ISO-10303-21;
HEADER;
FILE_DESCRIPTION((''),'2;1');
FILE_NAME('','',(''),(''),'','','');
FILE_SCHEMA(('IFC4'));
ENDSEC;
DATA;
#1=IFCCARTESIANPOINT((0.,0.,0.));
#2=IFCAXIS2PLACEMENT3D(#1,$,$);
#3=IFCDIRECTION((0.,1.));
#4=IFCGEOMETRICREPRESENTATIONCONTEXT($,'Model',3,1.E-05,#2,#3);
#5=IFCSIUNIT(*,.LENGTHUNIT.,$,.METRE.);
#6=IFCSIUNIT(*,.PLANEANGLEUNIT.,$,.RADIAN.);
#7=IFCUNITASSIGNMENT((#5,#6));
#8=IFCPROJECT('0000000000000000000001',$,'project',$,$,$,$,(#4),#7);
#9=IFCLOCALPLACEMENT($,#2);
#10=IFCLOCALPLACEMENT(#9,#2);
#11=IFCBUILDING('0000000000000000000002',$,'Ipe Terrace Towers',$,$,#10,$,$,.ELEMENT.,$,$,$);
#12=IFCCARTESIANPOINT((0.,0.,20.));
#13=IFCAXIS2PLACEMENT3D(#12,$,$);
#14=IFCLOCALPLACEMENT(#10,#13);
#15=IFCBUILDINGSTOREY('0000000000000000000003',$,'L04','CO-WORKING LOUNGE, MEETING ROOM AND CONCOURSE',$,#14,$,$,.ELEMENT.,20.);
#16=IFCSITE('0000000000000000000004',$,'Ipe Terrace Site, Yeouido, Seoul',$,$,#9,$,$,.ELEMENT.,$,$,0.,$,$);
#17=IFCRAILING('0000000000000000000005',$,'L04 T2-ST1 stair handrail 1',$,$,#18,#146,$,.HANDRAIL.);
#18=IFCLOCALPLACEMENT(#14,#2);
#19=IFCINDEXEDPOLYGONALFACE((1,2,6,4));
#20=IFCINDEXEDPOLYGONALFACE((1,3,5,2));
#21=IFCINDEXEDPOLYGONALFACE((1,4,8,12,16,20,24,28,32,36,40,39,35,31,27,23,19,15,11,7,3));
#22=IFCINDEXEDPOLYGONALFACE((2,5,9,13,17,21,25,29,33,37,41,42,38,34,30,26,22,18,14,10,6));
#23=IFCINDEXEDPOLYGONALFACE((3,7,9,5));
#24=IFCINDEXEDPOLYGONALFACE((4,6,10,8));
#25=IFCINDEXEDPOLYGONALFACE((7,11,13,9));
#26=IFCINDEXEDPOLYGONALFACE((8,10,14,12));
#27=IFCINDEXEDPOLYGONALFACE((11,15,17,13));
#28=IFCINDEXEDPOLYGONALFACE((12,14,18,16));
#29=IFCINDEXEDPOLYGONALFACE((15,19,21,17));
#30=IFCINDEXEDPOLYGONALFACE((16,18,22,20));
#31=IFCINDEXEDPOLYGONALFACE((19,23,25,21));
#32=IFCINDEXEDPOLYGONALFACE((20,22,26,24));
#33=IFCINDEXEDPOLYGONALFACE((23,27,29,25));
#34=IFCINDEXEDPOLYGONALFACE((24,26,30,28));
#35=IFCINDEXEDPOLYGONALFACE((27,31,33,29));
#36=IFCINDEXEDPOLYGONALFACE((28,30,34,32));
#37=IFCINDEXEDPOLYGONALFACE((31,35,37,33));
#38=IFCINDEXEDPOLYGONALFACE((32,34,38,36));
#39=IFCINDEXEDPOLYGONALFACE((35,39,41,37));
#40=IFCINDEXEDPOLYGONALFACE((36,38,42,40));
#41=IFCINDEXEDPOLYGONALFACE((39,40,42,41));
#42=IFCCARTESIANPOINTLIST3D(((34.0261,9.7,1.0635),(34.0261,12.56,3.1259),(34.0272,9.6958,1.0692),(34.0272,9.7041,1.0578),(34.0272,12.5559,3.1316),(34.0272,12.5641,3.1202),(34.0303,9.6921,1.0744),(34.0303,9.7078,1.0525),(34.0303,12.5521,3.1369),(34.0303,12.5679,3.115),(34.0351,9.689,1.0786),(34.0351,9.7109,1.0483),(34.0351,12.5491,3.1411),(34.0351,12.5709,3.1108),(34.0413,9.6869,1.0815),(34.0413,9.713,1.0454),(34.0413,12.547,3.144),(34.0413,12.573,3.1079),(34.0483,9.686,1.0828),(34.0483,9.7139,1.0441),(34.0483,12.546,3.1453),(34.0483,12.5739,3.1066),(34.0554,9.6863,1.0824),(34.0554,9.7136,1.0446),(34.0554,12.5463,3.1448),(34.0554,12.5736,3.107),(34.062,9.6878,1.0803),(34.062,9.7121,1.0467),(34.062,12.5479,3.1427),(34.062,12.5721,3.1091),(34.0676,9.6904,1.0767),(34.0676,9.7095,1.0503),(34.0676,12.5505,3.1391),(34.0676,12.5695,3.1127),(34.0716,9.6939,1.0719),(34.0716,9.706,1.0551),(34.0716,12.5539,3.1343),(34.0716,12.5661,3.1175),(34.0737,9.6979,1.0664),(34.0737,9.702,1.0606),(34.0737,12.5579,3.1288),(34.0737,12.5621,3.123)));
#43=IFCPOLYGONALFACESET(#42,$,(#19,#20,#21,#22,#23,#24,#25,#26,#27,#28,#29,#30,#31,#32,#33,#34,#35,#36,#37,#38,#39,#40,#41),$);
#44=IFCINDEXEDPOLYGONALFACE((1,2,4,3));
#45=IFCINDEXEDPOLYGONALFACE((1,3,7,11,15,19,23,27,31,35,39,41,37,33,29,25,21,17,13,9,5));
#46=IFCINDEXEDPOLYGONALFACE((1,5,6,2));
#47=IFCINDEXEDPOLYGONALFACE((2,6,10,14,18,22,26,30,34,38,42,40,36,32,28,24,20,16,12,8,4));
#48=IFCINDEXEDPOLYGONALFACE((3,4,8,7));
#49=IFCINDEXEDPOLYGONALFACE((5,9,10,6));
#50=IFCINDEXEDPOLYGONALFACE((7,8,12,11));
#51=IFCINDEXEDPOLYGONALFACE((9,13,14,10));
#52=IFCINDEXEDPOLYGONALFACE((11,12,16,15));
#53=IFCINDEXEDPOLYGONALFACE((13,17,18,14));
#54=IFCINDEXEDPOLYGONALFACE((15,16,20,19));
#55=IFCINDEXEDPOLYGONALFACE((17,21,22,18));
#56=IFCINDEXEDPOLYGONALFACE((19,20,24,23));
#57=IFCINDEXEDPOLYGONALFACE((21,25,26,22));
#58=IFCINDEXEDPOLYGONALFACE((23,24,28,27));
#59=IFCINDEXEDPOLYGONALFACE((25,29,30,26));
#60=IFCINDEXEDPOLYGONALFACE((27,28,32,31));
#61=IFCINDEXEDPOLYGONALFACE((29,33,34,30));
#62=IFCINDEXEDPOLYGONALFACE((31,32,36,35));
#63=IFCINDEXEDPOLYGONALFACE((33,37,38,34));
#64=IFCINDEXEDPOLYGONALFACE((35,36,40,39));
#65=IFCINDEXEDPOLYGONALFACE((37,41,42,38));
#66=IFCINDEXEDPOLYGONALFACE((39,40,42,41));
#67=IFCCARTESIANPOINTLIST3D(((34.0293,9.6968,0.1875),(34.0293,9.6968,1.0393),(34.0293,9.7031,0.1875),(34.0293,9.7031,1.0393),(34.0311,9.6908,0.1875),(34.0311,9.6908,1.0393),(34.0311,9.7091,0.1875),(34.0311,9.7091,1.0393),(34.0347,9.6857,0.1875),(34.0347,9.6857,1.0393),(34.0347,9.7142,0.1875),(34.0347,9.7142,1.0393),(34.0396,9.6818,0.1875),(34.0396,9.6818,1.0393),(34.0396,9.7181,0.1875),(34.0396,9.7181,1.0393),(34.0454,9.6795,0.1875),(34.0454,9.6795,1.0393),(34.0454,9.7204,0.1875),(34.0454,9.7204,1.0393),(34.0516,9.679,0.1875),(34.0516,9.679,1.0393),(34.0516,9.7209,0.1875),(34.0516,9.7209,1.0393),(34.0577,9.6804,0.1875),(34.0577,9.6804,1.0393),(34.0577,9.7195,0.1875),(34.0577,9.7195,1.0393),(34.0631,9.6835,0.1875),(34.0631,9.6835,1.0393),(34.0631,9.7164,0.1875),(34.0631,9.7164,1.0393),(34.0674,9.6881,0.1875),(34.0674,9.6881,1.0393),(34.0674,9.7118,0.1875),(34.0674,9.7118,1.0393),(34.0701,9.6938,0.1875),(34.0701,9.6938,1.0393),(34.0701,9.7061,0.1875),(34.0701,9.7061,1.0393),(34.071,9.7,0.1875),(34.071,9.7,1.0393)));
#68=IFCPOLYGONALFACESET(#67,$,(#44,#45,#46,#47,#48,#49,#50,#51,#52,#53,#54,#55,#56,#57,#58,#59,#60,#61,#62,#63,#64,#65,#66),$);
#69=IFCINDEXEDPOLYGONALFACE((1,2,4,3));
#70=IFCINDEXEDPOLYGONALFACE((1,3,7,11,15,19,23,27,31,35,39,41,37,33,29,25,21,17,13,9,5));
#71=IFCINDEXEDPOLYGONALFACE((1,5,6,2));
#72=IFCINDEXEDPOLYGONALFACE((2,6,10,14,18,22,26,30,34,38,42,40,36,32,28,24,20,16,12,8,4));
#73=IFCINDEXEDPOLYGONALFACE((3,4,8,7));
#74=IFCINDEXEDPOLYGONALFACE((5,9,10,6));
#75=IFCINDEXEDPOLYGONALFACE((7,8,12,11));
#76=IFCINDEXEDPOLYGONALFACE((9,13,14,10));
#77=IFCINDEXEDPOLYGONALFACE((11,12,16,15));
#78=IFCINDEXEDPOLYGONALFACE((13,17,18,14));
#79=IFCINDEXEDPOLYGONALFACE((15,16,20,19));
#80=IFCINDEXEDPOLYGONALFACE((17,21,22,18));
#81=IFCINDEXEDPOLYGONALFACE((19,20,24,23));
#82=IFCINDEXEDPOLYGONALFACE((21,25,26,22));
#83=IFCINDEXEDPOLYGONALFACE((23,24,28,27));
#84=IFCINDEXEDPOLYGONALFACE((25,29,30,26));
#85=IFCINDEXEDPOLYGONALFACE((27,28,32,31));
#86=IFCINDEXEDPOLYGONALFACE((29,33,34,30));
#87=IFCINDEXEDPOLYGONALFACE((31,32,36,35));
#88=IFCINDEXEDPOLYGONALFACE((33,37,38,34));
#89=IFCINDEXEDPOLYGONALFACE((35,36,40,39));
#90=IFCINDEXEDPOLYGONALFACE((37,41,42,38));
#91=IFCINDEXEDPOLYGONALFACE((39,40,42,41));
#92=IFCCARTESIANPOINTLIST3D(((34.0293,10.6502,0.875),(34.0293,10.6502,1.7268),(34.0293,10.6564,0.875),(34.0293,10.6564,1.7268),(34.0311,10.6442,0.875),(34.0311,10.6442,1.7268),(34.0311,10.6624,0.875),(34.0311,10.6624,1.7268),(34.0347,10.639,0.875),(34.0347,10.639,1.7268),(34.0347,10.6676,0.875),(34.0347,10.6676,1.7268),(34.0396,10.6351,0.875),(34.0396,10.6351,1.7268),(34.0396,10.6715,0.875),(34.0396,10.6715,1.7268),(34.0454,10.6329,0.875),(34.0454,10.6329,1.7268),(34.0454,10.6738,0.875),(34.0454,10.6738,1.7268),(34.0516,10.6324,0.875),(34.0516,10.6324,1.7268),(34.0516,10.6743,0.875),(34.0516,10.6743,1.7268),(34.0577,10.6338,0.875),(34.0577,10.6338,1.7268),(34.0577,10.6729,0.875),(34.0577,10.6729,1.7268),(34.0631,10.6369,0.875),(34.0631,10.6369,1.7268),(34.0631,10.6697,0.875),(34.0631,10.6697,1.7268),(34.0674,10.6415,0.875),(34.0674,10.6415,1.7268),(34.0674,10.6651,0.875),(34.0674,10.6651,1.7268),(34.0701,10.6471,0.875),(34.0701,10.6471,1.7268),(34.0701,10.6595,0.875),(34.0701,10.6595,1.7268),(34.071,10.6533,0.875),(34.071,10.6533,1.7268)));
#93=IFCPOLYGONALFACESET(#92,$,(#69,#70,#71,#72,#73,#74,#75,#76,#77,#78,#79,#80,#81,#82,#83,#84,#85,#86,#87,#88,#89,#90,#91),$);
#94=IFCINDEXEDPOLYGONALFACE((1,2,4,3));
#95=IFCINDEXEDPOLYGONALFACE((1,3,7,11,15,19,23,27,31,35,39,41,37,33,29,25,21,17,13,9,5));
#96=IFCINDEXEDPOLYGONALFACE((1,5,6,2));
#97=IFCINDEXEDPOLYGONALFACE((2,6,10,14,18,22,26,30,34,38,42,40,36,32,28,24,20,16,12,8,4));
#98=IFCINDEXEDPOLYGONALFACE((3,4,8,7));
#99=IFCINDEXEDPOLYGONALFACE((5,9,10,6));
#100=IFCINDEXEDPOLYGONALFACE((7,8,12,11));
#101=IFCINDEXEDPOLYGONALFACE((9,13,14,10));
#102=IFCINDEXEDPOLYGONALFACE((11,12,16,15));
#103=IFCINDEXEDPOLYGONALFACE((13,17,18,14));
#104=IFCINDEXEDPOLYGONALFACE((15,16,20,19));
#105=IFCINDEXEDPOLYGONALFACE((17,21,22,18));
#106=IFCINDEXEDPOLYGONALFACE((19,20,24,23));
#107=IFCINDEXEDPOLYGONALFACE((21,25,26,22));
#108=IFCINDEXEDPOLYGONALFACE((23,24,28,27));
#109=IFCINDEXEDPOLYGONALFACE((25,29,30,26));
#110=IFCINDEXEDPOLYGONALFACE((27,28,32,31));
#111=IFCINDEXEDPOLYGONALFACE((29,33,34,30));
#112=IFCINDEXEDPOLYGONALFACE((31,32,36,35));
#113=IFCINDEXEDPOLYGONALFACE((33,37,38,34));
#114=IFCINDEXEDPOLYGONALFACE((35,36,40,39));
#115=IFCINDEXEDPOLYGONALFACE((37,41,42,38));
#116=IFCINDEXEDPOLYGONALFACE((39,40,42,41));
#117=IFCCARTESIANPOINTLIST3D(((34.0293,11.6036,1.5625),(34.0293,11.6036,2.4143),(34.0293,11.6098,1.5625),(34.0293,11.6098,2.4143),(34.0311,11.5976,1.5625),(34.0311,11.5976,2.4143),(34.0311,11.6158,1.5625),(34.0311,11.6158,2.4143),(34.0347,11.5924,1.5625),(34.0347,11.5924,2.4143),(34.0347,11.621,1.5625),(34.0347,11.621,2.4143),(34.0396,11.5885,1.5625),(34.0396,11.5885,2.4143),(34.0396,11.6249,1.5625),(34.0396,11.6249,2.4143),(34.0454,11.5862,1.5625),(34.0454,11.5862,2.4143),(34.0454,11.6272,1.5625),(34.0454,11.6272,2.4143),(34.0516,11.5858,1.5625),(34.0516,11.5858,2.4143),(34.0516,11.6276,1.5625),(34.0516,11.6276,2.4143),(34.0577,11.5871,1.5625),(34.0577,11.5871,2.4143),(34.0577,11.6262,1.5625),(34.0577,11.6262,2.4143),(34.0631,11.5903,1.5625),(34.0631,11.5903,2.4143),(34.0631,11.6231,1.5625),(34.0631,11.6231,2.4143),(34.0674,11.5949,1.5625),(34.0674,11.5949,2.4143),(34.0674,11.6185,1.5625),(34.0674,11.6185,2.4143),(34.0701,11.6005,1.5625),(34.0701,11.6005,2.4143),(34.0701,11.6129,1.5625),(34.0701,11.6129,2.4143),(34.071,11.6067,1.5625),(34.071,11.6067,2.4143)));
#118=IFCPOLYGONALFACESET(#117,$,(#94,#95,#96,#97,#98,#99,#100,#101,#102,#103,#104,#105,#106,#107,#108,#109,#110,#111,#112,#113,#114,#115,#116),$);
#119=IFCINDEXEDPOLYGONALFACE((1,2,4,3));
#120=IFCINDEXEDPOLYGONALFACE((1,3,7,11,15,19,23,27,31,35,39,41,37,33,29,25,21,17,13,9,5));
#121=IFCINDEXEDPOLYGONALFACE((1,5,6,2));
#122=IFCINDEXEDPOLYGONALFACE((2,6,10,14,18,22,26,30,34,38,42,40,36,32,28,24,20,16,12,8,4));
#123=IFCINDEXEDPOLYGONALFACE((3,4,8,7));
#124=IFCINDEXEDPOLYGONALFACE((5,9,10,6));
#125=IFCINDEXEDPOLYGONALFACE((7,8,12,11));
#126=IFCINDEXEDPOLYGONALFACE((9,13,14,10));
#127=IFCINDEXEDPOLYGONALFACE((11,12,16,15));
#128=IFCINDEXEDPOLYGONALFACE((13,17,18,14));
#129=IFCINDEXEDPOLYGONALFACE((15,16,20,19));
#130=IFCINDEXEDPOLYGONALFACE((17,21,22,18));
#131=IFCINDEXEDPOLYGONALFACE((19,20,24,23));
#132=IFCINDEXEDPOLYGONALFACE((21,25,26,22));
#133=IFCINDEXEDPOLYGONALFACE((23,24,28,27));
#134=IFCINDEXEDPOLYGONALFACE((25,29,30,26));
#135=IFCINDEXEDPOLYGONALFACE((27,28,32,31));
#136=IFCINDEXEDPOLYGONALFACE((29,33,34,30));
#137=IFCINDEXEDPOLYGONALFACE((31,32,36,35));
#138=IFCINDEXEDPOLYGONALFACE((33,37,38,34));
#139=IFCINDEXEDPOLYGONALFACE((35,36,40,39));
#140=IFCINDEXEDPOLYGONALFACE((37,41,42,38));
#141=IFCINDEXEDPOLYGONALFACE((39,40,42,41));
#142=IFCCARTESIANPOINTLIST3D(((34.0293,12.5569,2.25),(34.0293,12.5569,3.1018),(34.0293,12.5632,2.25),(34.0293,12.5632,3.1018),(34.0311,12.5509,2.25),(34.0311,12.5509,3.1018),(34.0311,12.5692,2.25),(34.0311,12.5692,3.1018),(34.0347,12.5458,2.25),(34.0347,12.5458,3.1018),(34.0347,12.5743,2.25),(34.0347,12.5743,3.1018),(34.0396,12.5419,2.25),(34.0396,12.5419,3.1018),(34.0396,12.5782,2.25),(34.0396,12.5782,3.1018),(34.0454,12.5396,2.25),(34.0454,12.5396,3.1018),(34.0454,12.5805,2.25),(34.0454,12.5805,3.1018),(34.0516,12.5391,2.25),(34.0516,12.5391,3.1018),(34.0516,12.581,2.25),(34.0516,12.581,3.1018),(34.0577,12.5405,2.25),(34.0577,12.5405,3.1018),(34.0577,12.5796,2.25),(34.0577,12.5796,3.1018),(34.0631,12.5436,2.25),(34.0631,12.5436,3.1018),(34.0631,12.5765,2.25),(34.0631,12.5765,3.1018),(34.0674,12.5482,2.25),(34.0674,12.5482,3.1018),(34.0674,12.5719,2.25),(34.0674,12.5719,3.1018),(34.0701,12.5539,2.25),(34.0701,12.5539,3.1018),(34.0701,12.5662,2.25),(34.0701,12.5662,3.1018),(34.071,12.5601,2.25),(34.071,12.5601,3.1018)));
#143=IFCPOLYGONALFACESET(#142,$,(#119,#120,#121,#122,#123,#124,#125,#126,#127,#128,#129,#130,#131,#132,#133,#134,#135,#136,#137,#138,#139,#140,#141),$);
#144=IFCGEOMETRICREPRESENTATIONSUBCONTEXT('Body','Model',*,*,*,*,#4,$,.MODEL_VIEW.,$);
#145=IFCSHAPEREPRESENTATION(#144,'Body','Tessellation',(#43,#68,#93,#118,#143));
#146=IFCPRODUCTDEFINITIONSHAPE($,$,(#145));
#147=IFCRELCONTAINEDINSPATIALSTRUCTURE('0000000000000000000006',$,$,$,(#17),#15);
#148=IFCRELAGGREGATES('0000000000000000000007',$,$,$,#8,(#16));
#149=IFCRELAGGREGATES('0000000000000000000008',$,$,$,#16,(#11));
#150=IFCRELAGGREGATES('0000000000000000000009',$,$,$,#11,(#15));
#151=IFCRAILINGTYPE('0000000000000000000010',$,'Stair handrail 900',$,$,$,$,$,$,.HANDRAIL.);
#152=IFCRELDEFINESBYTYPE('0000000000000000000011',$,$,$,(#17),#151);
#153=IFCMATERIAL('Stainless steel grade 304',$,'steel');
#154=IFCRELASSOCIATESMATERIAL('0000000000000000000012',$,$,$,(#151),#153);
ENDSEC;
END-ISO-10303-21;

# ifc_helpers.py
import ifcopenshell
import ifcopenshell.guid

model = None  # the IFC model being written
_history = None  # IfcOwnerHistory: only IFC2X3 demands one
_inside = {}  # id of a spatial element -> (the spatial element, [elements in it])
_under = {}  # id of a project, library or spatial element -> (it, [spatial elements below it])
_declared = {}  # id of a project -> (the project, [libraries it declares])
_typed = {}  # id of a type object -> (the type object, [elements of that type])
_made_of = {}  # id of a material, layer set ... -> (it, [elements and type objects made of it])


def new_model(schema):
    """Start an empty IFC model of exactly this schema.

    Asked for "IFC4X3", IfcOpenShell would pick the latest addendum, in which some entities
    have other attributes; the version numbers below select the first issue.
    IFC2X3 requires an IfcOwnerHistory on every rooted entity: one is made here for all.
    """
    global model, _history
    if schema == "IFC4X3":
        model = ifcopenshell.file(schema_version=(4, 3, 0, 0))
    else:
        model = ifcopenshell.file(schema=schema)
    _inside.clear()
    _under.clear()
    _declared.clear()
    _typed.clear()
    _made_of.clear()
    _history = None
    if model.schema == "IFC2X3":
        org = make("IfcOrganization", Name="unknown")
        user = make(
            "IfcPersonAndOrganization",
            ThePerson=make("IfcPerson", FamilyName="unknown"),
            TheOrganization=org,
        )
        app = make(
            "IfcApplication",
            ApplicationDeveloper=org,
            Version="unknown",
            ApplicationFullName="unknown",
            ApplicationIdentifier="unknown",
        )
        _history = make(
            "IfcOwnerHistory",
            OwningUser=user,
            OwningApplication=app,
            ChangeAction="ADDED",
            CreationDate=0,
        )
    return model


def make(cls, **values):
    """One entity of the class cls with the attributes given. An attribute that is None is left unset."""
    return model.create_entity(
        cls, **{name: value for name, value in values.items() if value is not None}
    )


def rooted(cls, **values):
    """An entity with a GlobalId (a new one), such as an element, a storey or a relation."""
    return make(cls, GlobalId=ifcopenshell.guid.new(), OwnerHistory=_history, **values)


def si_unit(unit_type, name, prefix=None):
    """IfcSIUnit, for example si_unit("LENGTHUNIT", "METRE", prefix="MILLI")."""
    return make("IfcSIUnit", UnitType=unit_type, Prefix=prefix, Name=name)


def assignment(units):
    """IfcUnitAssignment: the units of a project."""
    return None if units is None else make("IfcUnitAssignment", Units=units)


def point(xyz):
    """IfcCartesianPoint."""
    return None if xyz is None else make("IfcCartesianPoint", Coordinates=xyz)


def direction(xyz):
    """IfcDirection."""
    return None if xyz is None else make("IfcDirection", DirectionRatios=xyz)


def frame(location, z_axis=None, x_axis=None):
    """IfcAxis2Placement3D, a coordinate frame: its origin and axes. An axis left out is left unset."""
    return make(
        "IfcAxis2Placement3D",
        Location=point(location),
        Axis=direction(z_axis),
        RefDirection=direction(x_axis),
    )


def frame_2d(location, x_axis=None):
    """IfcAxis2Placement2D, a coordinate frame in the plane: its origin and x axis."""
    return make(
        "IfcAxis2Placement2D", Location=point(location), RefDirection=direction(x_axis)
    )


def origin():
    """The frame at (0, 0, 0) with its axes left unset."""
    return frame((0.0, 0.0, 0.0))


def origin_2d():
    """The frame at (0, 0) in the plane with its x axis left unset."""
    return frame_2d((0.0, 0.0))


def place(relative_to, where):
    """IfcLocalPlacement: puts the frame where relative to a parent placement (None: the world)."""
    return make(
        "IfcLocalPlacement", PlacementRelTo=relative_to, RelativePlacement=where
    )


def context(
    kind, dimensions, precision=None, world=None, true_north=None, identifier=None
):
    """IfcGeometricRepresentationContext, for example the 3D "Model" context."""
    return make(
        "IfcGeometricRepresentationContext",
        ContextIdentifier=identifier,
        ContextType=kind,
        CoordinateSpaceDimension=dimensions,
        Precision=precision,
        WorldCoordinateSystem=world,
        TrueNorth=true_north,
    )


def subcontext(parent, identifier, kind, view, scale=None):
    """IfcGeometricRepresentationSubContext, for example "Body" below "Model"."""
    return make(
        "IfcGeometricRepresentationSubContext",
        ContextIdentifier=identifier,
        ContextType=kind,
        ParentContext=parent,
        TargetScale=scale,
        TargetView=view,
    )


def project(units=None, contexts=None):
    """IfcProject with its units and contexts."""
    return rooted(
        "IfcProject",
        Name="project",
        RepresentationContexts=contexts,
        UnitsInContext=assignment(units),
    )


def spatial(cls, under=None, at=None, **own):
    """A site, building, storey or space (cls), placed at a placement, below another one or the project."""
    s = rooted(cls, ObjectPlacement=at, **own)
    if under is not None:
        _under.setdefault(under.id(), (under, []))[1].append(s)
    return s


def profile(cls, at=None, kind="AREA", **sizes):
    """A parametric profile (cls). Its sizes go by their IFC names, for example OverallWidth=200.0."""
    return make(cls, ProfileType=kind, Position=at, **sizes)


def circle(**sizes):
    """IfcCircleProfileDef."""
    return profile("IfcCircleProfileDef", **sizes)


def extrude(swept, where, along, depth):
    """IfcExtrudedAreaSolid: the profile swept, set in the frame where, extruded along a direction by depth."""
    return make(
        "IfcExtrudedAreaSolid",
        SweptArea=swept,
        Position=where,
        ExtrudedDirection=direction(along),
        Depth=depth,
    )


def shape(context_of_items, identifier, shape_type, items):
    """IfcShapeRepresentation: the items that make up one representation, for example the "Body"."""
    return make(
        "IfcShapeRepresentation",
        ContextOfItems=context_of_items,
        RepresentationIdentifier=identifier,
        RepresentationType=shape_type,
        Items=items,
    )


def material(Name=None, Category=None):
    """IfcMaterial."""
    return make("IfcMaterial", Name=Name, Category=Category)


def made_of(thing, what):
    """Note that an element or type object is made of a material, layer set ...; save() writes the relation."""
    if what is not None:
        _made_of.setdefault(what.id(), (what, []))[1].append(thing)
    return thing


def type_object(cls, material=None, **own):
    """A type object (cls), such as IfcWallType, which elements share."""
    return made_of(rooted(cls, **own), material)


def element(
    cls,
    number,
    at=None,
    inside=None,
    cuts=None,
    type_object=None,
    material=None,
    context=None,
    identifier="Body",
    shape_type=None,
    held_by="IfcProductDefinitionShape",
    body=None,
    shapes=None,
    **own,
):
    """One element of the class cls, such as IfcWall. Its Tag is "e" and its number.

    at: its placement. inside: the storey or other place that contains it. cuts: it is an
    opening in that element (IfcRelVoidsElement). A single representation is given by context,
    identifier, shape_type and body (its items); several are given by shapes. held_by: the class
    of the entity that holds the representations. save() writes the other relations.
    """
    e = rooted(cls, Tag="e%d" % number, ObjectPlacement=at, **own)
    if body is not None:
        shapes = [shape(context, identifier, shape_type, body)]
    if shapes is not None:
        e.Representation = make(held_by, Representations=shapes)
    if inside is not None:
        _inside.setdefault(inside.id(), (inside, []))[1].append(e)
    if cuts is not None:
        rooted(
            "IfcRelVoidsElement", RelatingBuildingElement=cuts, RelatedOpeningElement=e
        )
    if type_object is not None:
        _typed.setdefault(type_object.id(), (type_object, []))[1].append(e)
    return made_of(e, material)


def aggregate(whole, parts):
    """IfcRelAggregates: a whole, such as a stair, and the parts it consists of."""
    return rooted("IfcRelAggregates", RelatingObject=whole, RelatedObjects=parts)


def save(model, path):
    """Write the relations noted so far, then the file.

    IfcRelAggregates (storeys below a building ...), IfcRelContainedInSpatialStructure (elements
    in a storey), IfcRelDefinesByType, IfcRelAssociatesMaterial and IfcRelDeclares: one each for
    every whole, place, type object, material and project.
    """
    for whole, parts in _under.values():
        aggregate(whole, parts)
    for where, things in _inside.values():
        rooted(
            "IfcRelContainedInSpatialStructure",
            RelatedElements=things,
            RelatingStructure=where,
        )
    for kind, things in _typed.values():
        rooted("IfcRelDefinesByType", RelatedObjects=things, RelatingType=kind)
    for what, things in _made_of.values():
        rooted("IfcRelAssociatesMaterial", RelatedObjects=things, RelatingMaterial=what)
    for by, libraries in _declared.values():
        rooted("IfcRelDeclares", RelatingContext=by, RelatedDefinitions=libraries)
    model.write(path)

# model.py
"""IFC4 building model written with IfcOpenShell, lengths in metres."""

from ifc_helpers import new_model, si_unit, direction, frame, origin, origin_2d, place, context, subcontext, project, spatial, circle, extrude, material, type_object, element, save


model = new_model("IFC4")

# Units and contexts
model_context = context("Model", 3, precision=1e-05, world=origin(), true_north=direction((0.0, 1.0)))
body_context = subcontext(model_context, "Body", "Model", "MODEL_VIEW")
ifc_project = project(units=[si_unit("LENGTHUNIT", "METRE"), si_unit("PLANEANGLEUNIT", "RADIAN")], contexts=[model_context])

# Site, building, storey
site_placement = place(None, origin())
site = spatial("IfcSite", under=ifc_project, at=site_placement, Name="Ipe Terrace Site, Yeouido, Seoul", CompositionType="ELEMENT", RefElevation=0.0)
building_placement = place(site_placement, origin())
building = spatial("IfcBuilding", under=site, at=building_placement, Name="Ipe Terrace Towers", CompositionType="ELEMENT")
storey_placement = place(building_placement, frame((0.0, 0.0, 20.0)))
storey = spatial("IfcBuildingStorey", under=building, at=storey_placement, Name="L04", Description="CO-WORKING LOUNGE, MEETING ROOM AND CONCOURSE", CompositionType="ELEMENT", Elevation=20.0)

# Railing
ifc_material_1 = material(Name="Stainless steel grade 304", Category="steel")
railing_type_1 = type_object("IfcRailingType", Name="Stair handrail 900", PredefinedType="HANDRAIL", material=ifc_material_1)
railing_1_placement = place(storey_placement, frame((34.05, 9.7, 0.1875)))
element("IfcRailing", 1, at=railing_1_placement, inside=storey, type_object=railing_type_1, Name="L04 T2-ST1 stair handrail 1", PredefinedType="HANDRAIL", context=body_context, shape_type="SweptSolid", body=[
    extrude(circle(Radius=0.0239, at=origin_2d()), frame((0.0, 0.0, 0.876), z_axis=(0.0, 0.811101, 0.584906), x_axis=(-1.0, 0.0, 0.0)), (0.0, 0.0, 1.0), 3.5261),
    extrude(circle(Radius=0.021, at=origin_2d()), origin(), (0.0, 0.0, 1.0), 0.8518),
    extrude(circle(Radius=0.021, at=origin_2d()), frame((0.0, 0.9534, 0.6875)), (0.0, 0.0, 1.0), 0.8518),
    extrude(circle(Radius=0.021, at=origin_2d()), frame((0.0, 1.9067, 1.375)), (0.0, 0.0, 1.0), 0.8518),
    extrude(circle(Radius=0.021, at=origin_2d()), frame((0.0, 2.8601, 2.0625)), (0.0, 0.0, 1.0), 0.8518),
])

save(model, "model.ifc")
